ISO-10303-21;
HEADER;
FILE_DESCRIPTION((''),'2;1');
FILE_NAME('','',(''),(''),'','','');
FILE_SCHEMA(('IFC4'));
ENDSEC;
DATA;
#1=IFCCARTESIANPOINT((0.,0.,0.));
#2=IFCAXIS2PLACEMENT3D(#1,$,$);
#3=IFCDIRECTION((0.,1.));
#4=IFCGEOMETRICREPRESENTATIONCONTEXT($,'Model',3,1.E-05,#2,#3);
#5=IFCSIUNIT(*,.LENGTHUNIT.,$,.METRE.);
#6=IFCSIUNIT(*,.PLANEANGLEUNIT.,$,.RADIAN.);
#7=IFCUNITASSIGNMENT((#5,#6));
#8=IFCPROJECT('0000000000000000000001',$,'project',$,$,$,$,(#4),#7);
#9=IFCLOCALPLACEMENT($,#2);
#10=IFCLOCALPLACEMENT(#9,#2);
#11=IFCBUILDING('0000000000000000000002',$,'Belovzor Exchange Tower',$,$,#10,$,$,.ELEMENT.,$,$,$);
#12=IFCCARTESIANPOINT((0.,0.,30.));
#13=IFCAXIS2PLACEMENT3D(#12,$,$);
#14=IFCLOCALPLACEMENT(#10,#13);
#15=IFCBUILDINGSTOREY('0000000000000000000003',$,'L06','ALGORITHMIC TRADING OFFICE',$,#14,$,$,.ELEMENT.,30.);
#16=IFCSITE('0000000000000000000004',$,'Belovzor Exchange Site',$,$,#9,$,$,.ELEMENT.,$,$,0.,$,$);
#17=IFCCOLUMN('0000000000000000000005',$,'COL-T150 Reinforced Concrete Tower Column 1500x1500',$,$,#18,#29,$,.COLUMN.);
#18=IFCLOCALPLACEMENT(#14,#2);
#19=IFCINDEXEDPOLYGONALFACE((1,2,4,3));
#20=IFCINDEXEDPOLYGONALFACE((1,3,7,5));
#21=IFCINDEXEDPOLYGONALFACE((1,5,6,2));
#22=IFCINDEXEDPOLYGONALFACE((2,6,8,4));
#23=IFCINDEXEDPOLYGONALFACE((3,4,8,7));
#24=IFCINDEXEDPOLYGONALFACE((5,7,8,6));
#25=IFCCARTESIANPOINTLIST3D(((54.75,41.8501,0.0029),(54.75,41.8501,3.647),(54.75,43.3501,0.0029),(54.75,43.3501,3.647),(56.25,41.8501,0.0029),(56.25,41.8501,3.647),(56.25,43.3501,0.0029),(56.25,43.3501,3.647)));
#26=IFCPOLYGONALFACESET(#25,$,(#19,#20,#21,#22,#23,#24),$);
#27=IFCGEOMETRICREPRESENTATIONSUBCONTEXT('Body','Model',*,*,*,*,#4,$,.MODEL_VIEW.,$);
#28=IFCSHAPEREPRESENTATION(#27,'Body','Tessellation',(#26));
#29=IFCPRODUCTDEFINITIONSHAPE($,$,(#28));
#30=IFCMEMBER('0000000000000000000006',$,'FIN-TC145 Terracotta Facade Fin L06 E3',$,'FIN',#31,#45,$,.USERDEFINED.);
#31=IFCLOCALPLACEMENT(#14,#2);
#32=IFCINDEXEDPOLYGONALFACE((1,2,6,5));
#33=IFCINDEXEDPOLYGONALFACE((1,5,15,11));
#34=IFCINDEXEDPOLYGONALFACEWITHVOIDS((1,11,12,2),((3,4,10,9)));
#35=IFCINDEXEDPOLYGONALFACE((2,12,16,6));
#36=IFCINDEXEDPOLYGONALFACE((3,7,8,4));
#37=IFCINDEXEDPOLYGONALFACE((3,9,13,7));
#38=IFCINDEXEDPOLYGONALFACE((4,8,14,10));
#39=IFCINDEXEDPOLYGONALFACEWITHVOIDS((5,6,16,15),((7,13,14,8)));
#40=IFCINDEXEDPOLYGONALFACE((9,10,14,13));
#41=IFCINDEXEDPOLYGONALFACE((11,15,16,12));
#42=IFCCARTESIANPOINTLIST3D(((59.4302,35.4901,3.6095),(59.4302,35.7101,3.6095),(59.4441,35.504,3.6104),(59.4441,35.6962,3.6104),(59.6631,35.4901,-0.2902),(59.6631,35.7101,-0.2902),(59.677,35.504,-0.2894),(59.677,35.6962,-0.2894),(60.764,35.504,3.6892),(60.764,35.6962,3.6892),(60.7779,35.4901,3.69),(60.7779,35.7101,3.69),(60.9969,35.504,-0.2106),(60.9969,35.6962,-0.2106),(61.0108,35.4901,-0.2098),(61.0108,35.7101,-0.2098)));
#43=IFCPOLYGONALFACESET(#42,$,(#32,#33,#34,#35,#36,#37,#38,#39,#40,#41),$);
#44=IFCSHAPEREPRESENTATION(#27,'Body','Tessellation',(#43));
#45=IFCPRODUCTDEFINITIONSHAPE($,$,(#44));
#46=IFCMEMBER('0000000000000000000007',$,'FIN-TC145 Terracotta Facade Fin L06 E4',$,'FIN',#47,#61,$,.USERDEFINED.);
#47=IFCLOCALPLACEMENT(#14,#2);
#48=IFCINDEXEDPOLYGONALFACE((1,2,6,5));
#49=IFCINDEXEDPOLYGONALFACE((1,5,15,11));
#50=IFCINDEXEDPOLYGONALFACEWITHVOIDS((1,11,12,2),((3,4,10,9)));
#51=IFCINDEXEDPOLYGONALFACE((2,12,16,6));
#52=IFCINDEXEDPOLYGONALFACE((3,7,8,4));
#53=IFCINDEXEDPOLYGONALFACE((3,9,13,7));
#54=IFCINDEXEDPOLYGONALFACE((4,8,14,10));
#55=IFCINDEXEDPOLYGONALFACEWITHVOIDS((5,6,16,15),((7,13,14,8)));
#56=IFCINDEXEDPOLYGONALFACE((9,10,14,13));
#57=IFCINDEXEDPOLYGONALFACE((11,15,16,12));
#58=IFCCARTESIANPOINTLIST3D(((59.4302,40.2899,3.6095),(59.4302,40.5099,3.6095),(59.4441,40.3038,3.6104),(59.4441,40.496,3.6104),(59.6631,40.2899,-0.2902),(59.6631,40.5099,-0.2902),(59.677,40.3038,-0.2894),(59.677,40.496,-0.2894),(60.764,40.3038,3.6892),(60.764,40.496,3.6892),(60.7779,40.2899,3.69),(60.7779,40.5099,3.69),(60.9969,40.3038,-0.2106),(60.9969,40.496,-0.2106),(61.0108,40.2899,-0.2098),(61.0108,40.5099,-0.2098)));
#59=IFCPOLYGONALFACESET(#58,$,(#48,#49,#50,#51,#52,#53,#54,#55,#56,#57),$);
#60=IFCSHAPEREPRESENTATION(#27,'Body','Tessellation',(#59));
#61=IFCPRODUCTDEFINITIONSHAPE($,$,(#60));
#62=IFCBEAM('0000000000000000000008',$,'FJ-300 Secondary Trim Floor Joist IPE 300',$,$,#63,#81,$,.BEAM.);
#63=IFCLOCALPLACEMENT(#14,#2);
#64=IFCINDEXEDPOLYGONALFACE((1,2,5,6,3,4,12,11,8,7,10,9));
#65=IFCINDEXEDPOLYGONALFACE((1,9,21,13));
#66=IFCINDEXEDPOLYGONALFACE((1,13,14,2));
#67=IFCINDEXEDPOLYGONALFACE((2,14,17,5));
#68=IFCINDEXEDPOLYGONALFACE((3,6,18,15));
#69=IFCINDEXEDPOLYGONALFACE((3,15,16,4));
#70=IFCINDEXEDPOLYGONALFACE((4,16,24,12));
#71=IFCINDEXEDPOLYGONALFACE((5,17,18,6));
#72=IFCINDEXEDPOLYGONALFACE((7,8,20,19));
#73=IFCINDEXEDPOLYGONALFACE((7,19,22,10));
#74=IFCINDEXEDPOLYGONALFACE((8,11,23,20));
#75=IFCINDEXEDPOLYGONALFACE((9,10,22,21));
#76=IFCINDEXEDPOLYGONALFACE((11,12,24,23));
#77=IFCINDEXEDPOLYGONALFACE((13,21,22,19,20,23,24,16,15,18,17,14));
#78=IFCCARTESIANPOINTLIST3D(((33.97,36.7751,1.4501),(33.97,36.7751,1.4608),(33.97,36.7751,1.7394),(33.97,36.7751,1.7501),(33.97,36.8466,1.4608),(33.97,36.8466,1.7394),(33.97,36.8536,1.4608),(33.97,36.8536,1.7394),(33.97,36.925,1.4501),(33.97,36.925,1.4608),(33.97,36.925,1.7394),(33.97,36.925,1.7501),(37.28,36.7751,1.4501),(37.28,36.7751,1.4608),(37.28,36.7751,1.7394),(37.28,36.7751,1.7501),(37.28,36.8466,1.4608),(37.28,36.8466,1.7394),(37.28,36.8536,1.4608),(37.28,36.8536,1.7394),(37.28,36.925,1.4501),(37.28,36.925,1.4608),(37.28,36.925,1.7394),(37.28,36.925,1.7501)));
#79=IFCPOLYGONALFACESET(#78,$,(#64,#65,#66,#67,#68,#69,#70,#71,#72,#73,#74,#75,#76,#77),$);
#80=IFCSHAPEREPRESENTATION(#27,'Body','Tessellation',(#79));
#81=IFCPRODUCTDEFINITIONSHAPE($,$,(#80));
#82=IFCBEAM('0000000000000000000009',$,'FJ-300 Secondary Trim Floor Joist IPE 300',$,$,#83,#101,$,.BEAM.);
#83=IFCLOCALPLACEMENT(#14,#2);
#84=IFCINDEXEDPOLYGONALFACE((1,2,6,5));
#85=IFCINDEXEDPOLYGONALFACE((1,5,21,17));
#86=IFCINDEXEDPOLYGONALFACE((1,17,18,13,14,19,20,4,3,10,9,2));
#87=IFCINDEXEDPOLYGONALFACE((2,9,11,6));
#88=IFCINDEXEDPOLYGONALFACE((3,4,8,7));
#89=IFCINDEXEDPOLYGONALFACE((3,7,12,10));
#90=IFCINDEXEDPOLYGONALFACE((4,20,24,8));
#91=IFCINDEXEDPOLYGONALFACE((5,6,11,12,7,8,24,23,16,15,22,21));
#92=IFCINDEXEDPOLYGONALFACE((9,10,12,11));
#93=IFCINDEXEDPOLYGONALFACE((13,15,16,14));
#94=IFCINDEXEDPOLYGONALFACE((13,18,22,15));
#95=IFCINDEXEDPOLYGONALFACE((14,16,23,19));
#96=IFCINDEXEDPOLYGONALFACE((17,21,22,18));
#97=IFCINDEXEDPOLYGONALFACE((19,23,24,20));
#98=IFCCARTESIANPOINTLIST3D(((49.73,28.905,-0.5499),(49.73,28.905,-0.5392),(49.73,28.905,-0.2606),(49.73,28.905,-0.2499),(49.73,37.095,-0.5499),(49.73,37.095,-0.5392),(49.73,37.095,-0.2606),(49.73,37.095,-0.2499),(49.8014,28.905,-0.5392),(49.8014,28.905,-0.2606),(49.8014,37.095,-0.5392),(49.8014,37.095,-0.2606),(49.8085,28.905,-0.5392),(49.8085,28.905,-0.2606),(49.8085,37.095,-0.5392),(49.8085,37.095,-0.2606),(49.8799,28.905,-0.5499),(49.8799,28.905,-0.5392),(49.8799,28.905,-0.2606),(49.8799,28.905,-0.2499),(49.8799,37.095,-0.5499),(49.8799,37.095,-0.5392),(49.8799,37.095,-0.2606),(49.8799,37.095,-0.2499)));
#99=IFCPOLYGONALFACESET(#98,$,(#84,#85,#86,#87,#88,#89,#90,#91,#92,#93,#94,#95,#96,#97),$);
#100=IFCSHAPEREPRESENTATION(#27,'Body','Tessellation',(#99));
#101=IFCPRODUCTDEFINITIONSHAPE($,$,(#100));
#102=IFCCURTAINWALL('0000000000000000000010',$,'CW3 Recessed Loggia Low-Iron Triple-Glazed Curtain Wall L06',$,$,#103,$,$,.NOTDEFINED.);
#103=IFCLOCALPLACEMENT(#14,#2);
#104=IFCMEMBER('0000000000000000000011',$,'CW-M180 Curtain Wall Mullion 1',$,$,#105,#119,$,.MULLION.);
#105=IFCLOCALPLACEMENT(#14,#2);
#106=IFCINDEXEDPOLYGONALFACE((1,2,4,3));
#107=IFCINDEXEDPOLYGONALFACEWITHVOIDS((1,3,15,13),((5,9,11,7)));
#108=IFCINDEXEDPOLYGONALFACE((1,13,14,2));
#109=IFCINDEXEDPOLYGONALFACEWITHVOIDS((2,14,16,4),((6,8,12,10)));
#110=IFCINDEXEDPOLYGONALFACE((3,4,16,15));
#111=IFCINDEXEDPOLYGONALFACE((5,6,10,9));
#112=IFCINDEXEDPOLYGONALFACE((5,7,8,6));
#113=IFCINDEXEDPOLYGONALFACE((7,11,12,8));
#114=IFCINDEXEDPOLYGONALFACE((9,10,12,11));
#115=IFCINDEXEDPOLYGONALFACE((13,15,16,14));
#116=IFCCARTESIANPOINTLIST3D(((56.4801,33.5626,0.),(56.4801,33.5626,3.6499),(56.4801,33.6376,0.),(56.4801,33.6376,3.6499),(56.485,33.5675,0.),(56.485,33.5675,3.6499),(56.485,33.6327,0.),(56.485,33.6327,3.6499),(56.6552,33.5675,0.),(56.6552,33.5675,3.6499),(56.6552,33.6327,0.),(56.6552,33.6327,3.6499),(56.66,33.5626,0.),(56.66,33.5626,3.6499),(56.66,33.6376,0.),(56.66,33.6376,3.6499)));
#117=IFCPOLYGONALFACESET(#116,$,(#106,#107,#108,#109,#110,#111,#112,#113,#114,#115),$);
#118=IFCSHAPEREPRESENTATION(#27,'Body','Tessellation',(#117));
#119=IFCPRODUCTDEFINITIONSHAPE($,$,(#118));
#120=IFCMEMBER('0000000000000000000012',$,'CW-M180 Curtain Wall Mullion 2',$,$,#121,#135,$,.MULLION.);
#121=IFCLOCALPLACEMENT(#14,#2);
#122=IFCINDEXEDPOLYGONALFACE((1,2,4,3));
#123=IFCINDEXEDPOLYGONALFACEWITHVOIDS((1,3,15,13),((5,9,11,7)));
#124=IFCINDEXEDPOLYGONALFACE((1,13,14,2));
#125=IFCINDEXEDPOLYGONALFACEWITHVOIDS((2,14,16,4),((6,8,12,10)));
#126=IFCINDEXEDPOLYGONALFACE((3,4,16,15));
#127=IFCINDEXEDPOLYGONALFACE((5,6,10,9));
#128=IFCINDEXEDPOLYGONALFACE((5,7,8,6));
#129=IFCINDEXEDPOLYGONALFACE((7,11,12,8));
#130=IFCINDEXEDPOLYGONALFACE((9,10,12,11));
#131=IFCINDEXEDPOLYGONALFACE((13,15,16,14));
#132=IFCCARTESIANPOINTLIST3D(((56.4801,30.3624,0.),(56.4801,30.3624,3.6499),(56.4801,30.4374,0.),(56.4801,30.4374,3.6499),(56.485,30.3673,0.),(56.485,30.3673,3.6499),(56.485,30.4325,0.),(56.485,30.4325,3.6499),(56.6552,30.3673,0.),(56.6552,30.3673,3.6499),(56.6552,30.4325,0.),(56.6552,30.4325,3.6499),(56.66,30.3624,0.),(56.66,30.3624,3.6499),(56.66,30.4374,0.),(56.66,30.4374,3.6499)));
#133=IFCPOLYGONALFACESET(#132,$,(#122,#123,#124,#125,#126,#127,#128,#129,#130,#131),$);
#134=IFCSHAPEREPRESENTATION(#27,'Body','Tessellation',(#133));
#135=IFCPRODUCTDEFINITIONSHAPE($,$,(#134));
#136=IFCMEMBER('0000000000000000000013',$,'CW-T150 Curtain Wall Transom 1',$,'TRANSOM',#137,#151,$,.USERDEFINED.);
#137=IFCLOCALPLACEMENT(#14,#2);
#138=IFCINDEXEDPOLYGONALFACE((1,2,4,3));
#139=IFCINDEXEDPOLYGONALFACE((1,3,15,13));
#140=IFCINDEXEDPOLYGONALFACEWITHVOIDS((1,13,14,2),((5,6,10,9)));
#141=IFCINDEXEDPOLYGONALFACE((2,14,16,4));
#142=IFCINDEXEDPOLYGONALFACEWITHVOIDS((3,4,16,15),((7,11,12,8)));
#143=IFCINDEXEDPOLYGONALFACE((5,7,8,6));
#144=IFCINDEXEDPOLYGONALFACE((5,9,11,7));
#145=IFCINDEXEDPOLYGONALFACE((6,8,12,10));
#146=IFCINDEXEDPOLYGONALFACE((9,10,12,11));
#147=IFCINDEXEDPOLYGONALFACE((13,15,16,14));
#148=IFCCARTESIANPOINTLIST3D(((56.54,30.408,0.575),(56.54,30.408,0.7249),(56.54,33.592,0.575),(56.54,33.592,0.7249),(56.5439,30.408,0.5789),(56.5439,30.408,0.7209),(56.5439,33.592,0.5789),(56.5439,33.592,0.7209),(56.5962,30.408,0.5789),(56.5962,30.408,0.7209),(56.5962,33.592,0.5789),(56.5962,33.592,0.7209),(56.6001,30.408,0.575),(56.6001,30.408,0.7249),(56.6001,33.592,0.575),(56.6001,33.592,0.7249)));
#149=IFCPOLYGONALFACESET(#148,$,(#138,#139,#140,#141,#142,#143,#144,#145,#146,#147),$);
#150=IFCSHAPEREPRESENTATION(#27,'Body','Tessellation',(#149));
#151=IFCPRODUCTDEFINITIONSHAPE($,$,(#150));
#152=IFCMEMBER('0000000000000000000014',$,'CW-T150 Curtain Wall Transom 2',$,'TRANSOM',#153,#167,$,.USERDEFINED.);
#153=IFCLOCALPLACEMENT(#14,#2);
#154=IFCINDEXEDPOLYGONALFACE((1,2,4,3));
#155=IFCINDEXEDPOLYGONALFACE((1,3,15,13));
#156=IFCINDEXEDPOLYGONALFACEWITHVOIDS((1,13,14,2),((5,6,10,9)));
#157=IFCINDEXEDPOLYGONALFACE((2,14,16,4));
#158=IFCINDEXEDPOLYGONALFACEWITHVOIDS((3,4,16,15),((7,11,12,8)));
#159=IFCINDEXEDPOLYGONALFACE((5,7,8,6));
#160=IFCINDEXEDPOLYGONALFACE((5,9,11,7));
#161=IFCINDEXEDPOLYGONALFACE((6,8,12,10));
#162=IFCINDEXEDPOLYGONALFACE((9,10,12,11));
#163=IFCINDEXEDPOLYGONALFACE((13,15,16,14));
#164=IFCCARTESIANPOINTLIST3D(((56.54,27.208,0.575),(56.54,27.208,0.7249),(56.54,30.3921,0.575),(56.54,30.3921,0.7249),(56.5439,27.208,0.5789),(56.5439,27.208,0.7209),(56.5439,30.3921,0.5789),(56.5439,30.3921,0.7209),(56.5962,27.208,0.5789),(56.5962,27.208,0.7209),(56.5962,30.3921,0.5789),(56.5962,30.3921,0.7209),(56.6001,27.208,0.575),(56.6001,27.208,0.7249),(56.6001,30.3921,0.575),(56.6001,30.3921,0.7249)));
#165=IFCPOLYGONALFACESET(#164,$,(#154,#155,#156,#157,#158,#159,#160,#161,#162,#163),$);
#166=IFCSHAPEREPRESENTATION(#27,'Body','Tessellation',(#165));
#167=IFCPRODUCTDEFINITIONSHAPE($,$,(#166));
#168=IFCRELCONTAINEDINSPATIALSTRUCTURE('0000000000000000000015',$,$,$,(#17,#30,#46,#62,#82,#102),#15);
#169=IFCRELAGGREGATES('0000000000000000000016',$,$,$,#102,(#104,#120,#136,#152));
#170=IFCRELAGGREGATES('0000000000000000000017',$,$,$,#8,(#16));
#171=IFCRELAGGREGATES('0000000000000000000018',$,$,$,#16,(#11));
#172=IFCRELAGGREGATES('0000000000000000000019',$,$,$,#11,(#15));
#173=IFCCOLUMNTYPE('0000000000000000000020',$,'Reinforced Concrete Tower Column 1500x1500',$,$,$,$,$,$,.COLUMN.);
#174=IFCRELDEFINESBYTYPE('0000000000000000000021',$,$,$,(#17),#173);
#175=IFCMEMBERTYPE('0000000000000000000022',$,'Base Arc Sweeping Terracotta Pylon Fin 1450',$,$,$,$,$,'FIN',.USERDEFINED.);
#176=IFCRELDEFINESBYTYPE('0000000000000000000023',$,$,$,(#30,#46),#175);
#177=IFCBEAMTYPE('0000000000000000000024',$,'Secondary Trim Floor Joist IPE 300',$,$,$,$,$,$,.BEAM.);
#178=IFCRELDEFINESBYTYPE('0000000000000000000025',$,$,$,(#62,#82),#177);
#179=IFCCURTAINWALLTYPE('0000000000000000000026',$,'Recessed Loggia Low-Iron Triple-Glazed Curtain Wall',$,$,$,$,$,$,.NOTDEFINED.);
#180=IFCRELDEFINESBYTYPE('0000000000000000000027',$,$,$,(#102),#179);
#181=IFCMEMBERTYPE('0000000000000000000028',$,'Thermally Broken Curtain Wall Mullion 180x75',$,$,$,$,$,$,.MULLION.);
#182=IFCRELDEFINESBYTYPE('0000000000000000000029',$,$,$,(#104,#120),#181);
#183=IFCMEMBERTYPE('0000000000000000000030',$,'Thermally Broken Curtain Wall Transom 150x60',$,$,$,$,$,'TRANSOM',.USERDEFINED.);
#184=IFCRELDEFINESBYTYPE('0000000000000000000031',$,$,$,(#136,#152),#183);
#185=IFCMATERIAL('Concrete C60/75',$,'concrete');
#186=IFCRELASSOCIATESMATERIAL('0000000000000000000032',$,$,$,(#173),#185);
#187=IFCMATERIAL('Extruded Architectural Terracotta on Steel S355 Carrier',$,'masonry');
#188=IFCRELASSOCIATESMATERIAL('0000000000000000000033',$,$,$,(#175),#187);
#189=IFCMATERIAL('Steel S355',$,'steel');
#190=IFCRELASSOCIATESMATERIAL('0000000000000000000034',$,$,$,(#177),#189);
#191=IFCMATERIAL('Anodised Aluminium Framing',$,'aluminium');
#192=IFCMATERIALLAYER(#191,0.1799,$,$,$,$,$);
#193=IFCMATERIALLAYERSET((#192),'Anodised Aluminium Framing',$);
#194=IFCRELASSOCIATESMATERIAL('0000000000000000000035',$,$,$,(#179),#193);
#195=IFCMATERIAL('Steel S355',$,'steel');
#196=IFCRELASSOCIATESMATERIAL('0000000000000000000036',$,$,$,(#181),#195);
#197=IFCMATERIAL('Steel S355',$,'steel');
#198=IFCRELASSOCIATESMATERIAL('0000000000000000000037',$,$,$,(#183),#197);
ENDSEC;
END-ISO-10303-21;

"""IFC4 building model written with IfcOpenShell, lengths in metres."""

from ifc_helpers import new_model, si_unit, direction, frame, origin, origin_2d, place, context, subcontext, project, spatial, rectangle, hollow_rectangle, i_section, extrude, material, layer, layer_set, material_profile, profile_set, type_object, element, aggregate, save


model = new_model("IFC4")

# Units and contexts
model_context = context("Model", 3, precision=1e-05, world=origin(), true_north=direction((0.0, 1.0)))
body_context = subcontext(model_context, "Body", "Model", "MODEL_VIEW")
ifc_project = project(units=[si_unit("LENGTHUNIT", "METRE"), si_unit("PLANEANGLEUNIT", "RADIAN")], contexts=[model_context])

# Site, building, storey
site_placement = place(None, origin())
site = spatial("IfcSite", under=ifc_project, at=site_placement, Name="Belovzor Exchange Site", CompositionType="ELEMENT", RefElevation=0.0)
building_placement = place(site_placement, origin())
building = spatial("IfcBuilding", under=site, at=building_placement, Name="Belovzor Exchange Tower", CompositionType="ELEMENT")
storey_placement = place(building_placement, frame((0.0, 0.0, 30.0)))
storey = spatial("IfcBuildingStorey", under=building, at=storey_placement, Name="L06", Description="ALGORITHMIC TRADING OFFICE", CompositionType="ELEMENT", Elevation=30.0)

# Column
ifc_material_1 = material(Name="Concrete C60/75", Category="concrete")
ifc_material_profile_1 = material_profile(ifc_material_1, rectangle(XDim=1.5, YDim=1.5, at=origin_2d()))
ifc_profile_set_1 = profile_set([ifc_material_profile_1], Name="Concrete C60/75")
column_type = type_object("IfcColumnType", Name="Reinforced Concrete Tower Column 1500x1500", PredefinedType="COLUMN", material=ifc_profile_set_1)
column_placement = place(storey_placement, frame((55.5, 42.6001, 0.0029), z_axis=(0.0, 0.0, 1.0), x_axis=(1.0, 0.0, 0.0)))
element("IfcColumn", 1, at=column_placement, inside=storey, type_object=column_type, Name="COL-T150 Reinforced Concrete Tower Column 1500x1500", PredefinedType="COLUMN", context=body_context, shape_type="SweptSolid", body=[
    extrude(rectangle(XDim=1.5, YDim=1.5, at=origin_2d()), origin(), (0.0, 0.0, 1.0), 3.644),
])

# Members
ifc_material_2 = material(Name="Extruded Architectural Terracotta on Steel S355 Carrier", Category="masonry")
ifc_material_profile_2 = material_profile(ifc_material_2, hollow_rectangle(XDim=0.22, YDim=1.3501, WallThickness=0.0139, at=origin_2d()))
ifc_profile_set_2 = profile_set([ifc_material_profile_2], Name="Extruded Architectural Terracotta on Steel S355 Carrier")
member_type_1 = type_object("IfcMemberType", Name="Base Arc Sweeping Terracotta Pylon Fin 1450", ElementType="FIN", PredefinedType="USERDEFINED", material=ifc_profile_set_2)
for number, where, z_axis, x_axis, name in (
    (2, (60.3369, 35.6001, -0.25), (-0.059616, 0.0, 0.998221), (0.0, -1.0, 0.0), "FIN-TC145 Terracotta Facade Fin L06 E3"),
    (3, (60.3369, 40.3999, -0.25), (-0.059616, 0.0, 0.998221), (0.0, -1.0, 0.0), "FIN-TC145 Terracotta Facade Fin L06 E4"),
):
    element("IfcMember", number, at=place(storey_placement, frame(where, z_axis=z_axis, x_axis=x_axis)), inside=storey, type_object=member_type_1, Name=name, ObjectType="FIN", PredefinedType="USERDEFINED", context=body_context, shape_type="SweptSolid", body=[
        extrude(hollow_rectangle(XDim=0.22, YDim=1.3501, WallThickness=0.0139, at=origin_2d()), origin(), (0.0, 0.0, 1.0), 3.9067),
    ])

# Beams
ifc_material_3 = material(Name="Steel S355", Category="steel")
ifc_material_profile_3 = material_profile(ifc_material_3, i_section(OverallWidth=0.1499, OverallDepth=0.3, WebThickness=0.0071, FlangeThickness=0.0107, at=origin_2d()))
ifc_profile_set_3 = profile_set([ifc_material_profile_3], Name="Steel S355")
beam_type_1 = type_object("IfcBeamType", Name="Secondary Trim Floor Joist IPE 300", PredefinedType="BEAM", material=ifc_profile_set_3)
beam_1_placement = place(storey_placement, frame((37.28, 36.8501, 1.6001), z_axis=(-1.0, 0.0, 0.0), x_axis=(0.0, -1.0, 0.0)))
element("IfcBeam", 4, at=beam_1_placement, inside=storey, type_object=beam_type_1, Name="FJ-300 Secondary Trim Floor Joist IPE 300", PredefinedType="BEAM", context=body_context, shape_type="SweptSolid", body=[
    extrude(i_section(OverallWidth=0.1499, OverallDepth=0.3, WebThickness=0.0071, FlangeThickness=0.0107, at=origin_2d()), origin(), (0.0, 0.0, 1.0), 3.3101),
])
beam_2_placement = place(storey_placement, frame((49.8049, 28.905, -0.3999), z_axis=(0.0, 1.0, 0.0), x_axis=(-1.0, 0.0, 0.0)))
element("IfcBeam", 5, at=beam_2_placement, inside=storey, type_object=beam_type_1, Name="FJ-300 Secondary Trim Floor Joist IPE 300", PredefinedType="BEAM", context=body_context, shape_type="SweptSolid", body=[
    extrude(i_section(OverallWidth=0.1499, OverallDepth=0.3, WebThickness=0.0071, FlangeThickness=0.0107, at=origin_2d()), origin(), (0.0, 0.0, 1.0), 8.1899),
])

# Curtain wall, members
ifc_material_4 = material(Name="Anodised Aluminium Framing", Category="aluminium")
ifc_layer_1 = layer(ifc_material_4, 0.1799)
ifc_layer_set_1 = layer_set([ifc_layer_1], Name="Anodised Aluminium Framing")
curtain_wall_type = type_object("IfcCurtainWallType", Name="Recessed Loggia Low-Iron Triple-Glazed Curtain Wall", PredefinedType="NOTDEFINED", material=ifc_layer_set_1)
curtain_wall_placement = place(storey_placement, origin())
curtain_wall = element("IfcCurtainWall", 6, at=curtain_wall_placement, inside=storey, type_object=curtain_wall_type, Name="CW3 Recessed Loggia Low-Iron Triple-Glazed Curtain Wall L06", PredefinedType="NOTDEFINED")
ifc_material_5 = material(Name="Steel S355", Category="steel")
ifc_material_profile_4 = material_profile(ifc_material_5, hollow_rectangle(XDim=0.075, YDim=0.1799, WallThickness=0.0049, at=origin_2d()))
ifc_profile_set_4 = profile_set([ifc_material_profile_4], Name="Steel S355")
member_type_2 = type_object("IfcMemberType", Name="Thermally Broken Curtain Wall Mullion 180x75", PredefinedType="MULLION", material=ifc_profile_set_4)
member_1_placement = place(storey_placement, frame((56.5701, 33.6001, 0.0), z_axis=(0.0, 0.0, 1.0), x_axis=(0.0, -1.0, 0.0)))
member_1 = element("IfcMember", 7, at=member_1_placement, type_object=member_type_2, Name="CW-M180 Curtain Wall Mullion 1", PredefinedType="MULLION", context=body_context, shape_type="SweptSolid", body=[
    extrude(hollow_rectangle(XDim=0.075, YDim=0.1799, WallThickness=0.0049, at=origin_2d()), origin(), (0.0, 0.0, 1.0), 3.6499),
])
member_2_placement = place(storey_placement, frame((56.5701, 30.3999, 0.0), z_axis=(0.0, 0.0, 1.0), x_axis=(0.0, -1.0, 0.0)))
member_2 = element("IfcMember", 8, at=member_2_placement, type_object=member_type_2, Name="CW-M180 Curtain Wall Mullion 2", PredefinedType="MULLION", context=body_context, shape_type="SweptSolid", body=[
    extrude(hollow_rectangle(XDim=0.075, YDim=0.1799, WallThickness=0.0049, at=origin_2d()), origin(), (0.0, 0.0, 1.0), 3.6499),
])
ifc_material_6 = material(Name="Steel S355", Category="steel")
ifc_material_profile_5 = material_profile(ifc_material_6, hollow_rectangle(XDim=0.0601, YDim=0.1499, WallThickness=0.0039, at=origin_2d()))
ifc_profile_set_5 = profile_set([ifc_material_profile_5], Name="Steel S355")
member_type_3 = type_object("IfcMemberType", Name="Thermally Broken Curtain Wall Transom 150x60", ElementType="TRANSOM", PredefinedType="USERDEFINED", material=ifc_profile_set_5)
member_3_placement = place(storey_placement, frame((56.5701, 33.592, 0.6499), z_axis=(0.0, -1.0, 0.0), x_axis=(1.0, 0.0, 0.0)))
member_3 = element("IfcMember", 9, at=member_3_placement, type_object=member_type_3, Name="CW-T150 Curtain Wall Transom 1", ObjectType="TRANSOM", PredefinedType="USERDEFINED", context=body_context, shape_type="SweptSolid", body=[
    extrude(hollow_rectangle(XDim=0.0601, YDim=0.1499, WallThickness=0.0039, at=origin_2d()), origin(), (0.0, 0.0, 1.0), 3.1841),
])
member_4_placement = place(storey_placement, frame((56.5701, 30.3921, 0.6499), z_axis=(0.0, -1.0, 0.0), x_axis=(1.0, 0.0, 0.0)))
member_4 = element("IfcMember", 10, at=member_4_placement, type_object=member_type_3, Name="CW-T150 Curtain Wall Transom 2", ObjectType="TRANSOM", PredefinedType="USERDEFINED", context=body_context, shape_type="SweptSolid", body=[
    extrude(hollow_rectangle(XDim=0.0601, YDim=0.1499, WallThickness=0.0039, at=origin_2d()), origin(), (0.0, 0.0, 1.0), 3.1841),
])

aggregate(curtain_wall, [member_1, member_2, member_3, member_4])

save(model, "model.ifc")
